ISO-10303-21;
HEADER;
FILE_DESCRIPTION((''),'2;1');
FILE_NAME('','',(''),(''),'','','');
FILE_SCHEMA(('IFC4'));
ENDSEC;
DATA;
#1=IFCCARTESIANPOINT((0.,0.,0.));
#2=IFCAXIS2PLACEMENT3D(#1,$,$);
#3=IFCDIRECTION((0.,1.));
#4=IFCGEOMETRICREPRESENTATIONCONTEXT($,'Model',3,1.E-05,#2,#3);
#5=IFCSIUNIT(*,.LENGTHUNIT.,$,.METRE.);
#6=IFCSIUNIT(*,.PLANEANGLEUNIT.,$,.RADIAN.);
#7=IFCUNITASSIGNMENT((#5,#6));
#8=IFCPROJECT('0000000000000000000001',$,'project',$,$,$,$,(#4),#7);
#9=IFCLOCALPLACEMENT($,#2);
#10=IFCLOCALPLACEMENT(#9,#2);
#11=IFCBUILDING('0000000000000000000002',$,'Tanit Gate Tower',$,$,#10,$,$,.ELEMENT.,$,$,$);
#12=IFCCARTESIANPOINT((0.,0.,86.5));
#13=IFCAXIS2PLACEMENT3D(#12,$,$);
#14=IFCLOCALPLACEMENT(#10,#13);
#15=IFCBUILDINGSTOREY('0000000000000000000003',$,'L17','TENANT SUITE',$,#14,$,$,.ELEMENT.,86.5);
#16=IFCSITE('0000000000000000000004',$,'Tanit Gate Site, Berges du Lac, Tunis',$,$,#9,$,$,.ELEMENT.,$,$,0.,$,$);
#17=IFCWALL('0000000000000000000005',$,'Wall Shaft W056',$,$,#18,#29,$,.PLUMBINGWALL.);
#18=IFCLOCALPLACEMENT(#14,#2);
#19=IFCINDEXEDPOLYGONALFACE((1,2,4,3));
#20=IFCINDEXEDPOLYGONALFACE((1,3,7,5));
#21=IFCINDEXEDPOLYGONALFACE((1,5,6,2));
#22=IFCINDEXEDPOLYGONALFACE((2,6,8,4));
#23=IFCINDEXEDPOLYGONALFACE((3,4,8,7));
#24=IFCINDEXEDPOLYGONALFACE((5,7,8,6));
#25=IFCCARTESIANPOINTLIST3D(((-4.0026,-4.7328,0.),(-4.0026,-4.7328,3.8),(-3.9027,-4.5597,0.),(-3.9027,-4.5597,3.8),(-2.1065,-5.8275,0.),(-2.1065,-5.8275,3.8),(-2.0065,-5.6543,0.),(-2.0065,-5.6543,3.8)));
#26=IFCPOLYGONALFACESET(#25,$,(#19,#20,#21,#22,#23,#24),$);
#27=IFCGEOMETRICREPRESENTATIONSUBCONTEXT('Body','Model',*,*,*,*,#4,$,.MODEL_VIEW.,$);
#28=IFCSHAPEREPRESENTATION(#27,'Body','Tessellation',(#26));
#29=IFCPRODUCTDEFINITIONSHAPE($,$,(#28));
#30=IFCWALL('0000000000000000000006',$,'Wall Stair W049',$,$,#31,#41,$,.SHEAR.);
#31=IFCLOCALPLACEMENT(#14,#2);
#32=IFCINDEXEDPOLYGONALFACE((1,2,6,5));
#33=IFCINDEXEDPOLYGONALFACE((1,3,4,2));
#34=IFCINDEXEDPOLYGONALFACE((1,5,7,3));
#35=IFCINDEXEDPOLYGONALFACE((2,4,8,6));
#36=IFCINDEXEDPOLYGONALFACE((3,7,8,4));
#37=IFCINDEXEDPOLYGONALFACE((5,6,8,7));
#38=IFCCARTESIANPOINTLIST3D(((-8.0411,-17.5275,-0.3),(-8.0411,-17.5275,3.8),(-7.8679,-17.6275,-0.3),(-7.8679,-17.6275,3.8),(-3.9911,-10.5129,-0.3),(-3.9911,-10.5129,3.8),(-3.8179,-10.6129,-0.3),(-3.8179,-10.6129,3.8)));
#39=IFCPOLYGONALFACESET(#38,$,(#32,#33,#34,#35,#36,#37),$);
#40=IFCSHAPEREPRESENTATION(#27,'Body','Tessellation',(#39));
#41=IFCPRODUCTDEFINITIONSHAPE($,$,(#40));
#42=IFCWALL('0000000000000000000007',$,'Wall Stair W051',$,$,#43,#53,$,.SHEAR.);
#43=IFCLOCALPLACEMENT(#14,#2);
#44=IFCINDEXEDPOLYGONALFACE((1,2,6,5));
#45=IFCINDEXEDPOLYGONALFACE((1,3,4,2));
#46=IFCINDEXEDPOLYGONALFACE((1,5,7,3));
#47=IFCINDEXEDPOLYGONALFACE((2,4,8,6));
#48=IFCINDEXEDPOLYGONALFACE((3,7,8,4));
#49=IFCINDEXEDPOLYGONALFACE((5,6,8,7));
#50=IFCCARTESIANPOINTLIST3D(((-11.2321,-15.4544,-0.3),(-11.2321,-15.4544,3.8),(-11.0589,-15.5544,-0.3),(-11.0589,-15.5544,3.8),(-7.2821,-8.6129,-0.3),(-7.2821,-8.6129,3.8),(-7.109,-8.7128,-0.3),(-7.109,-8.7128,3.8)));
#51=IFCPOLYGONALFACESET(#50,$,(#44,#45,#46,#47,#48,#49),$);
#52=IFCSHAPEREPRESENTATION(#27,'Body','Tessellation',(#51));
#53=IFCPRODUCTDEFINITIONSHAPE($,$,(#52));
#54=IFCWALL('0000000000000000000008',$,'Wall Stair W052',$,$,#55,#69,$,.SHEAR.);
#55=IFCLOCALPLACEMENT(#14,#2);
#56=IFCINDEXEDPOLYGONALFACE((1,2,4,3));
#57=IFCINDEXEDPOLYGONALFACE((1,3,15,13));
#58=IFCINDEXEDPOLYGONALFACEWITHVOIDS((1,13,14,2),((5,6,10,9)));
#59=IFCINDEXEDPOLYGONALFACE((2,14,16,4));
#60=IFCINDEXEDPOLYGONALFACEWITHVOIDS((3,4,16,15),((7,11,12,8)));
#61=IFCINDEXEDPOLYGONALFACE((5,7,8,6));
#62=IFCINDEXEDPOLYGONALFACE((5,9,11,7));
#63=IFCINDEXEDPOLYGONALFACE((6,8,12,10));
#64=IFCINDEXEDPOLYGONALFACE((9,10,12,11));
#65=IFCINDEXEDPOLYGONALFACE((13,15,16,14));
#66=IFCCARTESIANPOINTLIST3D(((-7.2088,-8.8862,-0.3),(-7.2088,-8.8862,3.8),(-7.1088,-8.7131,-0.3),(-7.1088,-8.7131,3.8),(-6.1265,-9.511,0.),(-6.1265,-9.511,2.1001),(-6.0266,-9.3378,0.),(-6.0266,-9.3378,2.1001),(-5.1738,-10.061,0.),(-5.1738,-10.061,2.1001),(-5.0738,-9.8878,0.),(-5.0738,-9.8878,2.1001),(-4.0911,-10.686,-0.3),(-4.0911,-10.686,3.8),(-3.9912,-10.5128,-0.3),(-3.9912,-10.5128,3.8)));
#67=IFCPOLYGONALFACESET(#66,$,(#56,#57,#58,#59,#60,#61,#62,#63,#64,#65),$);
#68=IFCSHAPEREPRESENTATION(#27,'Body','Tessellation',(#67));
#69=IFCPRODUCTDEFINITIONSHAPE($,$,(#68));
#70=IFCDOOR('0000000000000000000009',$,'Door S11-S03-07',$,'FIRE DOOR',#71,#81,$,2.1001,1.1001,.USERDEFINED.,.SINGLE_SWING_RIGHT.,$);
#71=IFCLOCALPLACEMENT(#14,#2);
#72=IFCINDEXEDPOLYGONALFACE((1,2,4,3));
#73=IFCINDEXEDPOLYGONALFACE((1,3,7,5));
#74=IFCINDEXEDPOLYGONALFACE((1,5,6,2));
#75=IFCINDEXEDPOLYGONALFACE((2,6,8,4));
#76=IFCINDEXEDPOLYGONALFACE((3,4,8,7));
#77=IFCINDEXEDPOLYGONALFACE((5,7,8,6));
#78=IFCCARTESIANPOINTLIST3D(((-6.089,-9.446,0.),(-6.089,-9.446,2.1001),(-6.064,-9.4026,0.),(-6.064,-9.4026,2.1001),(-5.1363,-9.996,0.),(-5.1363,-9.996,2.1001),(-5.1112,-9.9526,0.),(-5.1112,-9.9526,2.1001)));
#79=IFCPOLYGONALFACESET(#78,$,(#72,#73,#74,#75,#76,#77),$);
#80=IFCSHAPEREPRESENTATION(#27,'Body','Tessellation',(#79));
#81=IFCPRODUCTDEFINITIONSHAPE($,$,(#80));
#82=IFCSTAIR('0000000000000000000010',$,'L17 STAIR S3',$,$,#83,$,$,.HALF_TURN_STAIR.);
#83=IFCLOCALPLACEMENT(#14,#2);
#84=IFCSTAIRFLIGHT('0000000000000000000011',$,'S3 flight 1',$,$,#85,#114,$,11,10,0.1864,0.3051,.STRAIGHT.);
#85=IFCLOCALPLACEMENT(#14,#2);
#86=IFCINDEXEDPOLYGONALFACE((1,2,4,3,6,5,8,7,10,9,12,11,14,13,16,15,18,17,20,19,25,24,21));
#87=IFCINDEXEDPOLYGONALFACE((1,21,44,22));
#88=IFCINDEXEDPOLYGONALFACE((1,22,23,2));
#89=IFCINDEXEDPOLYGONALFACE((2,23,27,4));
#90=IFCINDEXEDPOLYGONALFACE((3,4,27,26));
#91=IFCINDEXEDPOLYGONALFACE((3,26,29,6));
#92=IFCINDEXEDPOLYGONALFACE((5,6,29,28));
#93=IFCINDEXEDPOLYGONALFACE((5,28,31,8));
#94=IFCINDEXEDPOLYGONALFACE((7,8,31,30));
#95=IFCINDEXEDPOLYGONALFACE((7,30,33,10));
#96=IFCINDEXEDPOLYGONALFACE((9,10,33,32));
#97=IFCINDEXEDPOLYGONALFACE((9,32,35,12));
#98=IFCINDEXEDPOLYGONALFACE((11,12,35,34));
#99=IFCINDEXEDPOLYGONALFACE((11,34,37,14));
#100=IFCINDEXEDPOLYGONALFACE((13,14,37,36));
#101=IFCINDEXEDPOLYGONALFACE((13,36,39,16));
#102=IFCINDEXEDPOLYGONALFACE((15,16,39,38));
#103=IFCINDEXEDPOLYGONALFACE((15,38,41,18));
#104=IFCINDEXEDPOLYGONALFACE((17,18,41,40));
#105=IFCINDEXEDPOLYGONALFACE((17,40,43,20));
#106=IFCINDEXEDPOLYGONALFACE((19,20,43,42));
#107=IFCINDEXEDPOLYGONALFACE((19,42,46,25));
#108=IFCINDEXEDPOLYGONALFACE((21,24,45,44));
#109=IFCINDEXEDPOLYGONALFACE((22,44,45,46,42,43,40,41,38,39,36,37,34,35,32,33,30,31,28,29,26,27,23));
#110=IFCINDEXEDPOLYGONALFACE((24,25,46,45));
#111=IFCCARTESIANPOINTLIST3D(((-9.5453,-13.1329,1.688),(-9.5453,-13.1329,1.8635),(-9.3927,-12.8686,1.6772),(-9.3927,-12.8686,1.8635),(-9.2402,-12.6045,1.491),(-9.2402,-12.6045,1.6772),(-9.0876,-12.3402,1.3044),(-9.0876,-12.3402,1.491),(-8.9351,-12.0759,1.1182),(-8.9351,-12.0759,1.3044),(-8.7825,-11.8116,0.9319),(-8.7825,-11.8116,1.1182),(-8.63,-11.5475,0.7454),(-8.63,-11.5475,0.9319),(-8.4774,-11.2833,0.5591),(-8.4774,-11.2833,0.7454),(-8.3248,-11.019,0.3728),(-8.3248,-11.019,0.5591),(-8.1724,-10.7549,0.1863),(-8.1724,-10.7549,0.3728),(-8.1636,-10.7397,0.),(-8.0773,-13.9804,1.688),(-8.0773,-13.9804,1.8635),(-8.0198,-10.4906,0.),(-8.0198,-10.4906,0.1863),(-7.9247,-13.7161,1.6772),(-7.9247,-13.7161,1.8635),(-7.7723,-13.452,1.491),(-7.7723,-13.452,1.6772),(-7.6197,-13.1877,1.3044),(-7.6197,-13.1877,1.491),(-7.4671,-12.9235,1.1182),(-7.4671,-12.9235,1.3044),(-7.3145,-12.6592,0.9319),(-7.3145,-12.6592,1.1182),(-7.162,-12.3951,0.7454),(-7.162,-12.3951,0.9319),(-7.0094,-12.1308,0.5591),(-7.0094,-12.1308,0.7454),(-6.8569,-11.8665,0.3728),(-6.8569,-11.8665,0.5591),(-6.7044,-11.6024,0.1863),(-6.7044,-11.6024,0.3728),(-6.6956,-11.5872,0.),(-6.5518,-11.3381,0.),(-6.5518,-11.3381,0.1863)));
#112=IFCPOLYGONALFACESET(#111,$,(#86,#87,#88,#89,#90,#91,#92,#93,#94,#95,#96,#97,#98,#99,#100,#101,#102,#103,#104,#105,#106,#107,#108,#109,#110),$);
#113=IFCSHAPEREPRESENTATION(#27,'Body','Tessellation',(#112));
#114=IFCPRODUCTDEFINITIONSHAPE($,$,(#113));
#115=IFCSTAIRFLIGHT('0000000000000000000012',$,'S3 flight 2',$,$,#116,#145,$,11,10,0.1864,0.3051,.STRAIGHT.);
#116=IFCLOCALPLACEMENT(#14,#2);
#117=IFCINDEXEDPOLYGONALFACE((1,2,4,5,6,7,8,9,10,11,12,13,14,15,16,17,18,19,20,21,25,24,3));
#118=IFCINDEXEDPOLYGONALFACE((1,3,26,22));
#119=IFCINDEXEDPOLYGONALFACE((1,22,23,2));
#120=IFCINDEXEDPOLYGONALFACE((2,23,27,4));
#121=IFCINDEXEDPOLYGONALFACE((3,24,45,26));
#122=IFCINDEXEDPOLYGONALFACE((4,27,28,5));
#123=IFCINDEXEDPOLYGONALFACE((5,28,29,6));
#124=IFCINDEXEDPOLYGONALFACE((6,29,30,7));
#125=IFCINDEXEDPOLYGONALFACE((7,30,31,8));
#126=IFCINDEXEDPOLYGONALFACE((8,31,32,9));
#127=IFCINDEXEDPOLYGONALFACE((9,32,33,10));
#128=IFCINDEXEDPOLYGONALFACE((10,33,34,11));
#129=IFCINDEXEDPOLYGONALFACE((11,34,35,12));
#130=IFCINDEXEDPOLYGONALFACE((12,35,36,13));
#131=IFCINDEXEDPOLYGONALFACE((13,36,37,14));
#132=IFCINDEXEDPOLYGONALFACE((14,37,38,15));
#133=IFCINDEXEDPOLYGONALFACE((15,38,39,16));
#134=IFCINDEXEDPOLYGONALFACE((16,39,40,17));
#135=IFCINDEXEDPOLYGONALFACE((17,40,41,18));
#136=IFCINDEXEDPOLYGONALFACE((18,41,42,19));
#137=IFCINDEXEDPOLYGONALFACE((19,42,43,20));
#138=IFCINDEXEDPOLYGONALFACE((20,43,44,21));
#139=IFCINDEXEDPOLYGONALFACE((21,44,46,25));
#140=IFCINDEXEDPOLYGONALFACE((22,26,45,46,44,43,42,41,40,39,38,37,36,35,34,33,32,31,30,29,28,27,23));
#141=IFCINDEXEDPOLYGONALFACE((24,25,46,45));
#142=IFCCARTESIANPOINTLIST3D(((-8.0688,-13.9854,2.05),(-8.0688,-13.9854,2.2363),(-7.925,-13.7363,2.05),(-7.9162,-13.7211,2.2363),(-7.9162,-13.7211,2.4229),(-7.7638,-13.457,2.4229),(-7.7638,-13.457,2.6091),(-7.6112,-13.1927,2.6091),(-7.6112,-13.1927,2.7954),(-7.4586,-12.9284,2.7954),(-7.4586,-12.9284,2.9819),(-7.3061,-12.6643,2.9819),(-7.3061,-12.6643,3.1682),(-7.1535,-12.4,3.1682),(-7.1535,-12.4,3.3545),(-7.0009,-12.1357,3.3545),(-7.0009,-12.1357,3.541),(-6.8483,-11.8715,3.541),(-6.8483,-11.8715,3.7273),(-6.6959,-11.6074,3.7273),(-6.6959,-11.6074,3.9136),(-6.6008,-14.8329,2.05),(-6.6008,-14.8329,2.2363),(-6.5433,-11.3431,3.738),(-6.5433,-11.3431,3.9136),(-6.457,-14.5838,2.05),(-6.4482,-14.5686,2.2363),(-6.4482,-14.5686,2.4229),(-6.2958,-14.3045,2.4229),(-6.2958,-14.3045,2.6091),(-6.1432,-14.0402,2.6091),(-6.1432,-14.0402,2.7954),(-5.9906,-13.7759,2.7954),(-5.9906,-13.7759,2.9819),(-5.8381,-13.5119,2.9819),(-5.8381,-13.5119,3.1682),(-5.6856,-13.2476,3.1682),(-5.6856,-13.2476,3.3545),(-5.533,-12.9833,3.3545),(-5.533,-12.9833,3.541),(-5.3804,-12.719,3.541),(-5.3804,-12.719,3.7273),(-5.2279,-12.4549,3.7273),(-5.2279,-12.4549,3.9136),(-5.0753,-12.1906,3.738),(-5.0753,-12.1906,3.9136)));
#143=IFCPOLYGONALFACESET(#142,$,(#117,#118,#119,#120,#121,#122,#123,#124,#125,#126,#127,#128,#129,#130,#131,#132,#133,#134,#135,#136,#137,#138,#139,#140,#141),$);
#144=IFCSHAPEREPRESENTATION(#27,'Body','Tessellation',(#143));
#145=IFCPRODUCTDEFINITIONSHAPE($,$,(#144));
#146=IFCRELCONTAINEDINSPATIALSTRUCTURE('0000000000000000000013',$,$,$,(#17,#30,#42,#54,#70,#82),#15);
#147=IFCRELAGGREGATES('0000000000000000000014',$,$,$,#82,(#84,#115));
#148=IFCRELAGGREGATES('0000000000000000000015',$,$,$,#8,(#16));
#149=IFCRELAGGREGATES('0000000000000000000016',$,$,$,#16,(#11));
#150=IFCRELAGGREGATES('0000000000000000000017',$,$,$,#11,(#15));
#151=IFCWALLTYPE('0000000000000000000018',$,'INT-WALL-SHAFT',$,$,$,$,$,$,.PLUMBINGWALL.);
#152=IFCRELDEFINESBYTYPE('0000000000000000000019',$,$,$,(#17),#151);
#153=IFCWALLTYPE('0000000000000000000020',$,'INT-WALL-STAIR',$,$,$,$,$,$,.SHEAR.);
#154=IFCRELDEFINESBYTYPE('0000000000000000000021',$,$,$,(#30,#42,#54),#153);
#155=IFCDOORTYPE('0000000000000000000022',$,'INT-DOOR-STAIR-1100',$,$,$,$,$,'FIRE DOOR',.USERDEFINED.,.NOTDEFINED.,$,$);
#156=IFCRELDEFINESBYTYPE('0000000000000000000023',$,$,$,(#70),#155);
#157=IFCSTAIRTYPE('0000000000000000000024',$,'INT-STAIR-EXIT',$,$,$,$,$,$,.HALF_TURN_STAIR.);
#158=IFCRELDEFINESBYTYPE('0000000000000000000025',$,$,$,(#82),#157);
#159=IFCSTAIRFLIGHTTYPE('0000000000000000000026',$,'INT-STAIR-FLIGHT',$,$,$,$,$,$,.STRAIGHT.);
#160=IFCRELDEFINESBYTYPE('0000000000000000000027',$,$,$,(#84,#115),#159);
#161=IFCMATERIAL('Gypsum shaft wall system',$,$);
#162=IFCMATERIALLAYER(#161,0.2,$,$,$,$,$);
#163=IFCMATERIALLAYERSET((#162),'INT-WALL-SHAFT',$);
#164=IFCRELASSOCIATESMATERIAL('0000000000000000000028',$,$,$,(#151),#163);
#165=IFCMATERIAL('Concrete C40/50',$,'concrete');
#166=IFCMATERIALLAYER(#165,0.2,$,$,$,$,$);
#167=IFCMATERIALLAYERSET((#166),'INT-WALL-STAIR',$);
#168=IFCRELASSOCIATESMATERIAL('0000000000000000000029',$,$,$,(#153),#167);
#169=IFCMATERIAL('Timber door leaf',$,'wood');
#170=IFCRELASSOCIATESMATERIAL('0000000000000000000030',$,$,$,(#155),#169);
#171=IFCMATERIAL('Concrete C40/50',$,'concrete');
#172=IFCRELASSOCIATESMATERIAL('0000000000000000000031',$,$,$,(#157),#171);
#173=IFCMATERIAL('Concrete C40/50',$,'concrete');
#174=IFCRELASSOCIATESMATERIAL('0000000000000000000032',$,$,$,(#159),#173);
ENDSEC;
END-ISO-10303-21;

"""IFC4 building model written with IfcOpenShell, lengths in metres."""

from ifc_helpers import new_model, si_unit, direction, frame, frame_2d, origin, place, context, subcontext, project, spatial, polyline, rectangle, outline, extrude, material, layer, layer_set, type_object, element, fill, aggregate, save


model = new_model("IFC4")

# Units and contexts
model_context = context("Model", 3, precision=1e-05, world=origin(), true_north=direction((0.0, 1.0)))
body_context = subcontext(model_context, "Body", "Model", "MODEL_VIEW")
ifc_project = project(units=[si_unit("LENGTHUNIT", "METRE"), si_unit("PLANEANGLEUNIT", "RADIAN")], contexts=[model_context])

# Site, building, storey
site_placement = place(None, origin())
site = spatial("IfcSite", under=ifc_project, at=site_placement, Name="Tanit Gate Site, Berges du Lac, Tunis", CompositionType="ELEMENT", RefElevation=0.0)
building_placement = place(site_placement, origin())
building = spatial("IfcBuilding", under=site, at=building_placement, Name="Tanit Gate Tower", CompositionType="ELEMENT")
storey_placement = place(building_placement, frame((0.0, 0.0, 86.5)))
storey = spatial("IfcBuildingStorey", under=building, at=storey_placement, Name="L17", Description="TENANT SUITE", CompositionType="ELEMENT", Elevation=86.5)

# Shared definitions
ifc_material_1 = material(Name="Gypsum shaft wall system")
ifc_layer_1 = layer(ifc_material_1, 0.2)
ifc_layer_set_1 = layer_set([ifc_layer_1], Name="INT-WALL-SHAFT")
wall_type_1 = type_object("IfcWallType", Name="INT-WALL-SHAFT", PredefinedType="PLUMBINGWALL", material=ifc_layer_set_1)

# Walls
wall_1_placement = place(storey_placement, frame((-3.9526, -4.6462, 0.0), z_axis=(0.0, 0.0, 1.0), x_axis=(0.866039, -0.499977, 0.0)))
element("IfcWall", 1, at=wall_1_placement, inside=storey, type_object=wall_type_1, Name="Wall Shaft W056", PredefinedType="PLUMBINGWALL", context=body_context, shape_type="SweptSolid", body=[
    extrude(rectangle(XDim=2.1895, YDim=0.2, at=frame_2d((1.0947, 0.0))), origin(), (0.0, 0.0, 1.0), 3.8),
])
ifc_material_2 = material(Name="Concrete C40/50", Category="concrete")
ifc_layer_2 = layer(ifc_material_2, 0.2)
ifc_layer_set_2 = layer_set([ifc_layer_2], Name="INT-WALL-STAIR")
wall_type_2 = type_object("IfcWallType", Name="INT-WALL-STAIR", PredefinedType="SHEAR", material=ifc_layer_set_2)
wall_2_placement = place(storey_placement, frame((-3.9045, -10.563, -0.3), z_axis=(0.0, 0.0, 1.0), x_axis=(-0.500013, -0.866018, 0.0)))
element("IfcWall", 2, at=wall_2_placement, inside=storey, type_object=wall_type_2, Name="Wall Stair W049", PredefinedType="SHEAR", context=body_context, shape_type="SweptSolid", body=[
    extrude(rectangle(XDim=8.0999, YDim=0.2, at=frame_2d((4.0498, 0.0))), origin(), (0.0, 0.0, 1.0), 4.1001),
])
wall_3_placement = place(storey_placement, frame((-7.1956, -8.6628, -0.3), z_axis=(0.0, 0.0, 1.0), x_axis=(-0.499998, -0.866027, 0.0)))
element("IfcWall", 3, at=wall_3_placement, inside=storey, type_object=wall_type_2, Name="Wall Stair W051", PredefinedType="SHEAR", context=body_context, shape_type="SweptSolid", body=[
    extrude(rectangle(XDim=7.8999, YDim=0.2, at=frame_2d((3.95, 0.0))), origin(), (0.0, 0.0, 1.0), 4.1001),
])

# Wall, opening, door
wall_4_placement = place(storey_placement, frame((-4.0413, -10.5994, -0.3), z_axis=(0.0, 0.0, 1.0), x_axis=(-0.866048, 0.499961, 0.0)))
wall_4 = element("IfcWall", 4, at=wall_4_placement, inside=storey, type_object=wall_type_2, Name="Wall Stair W052", PredefinedType="SHEAR", context=body_context, shape_type="SweptSolid", body=[
    extrude(rectangle(XDim=3.5999, YDim=0.2, at=frame_2d((1.7998, 0.0))), origin(), (0.0, 0.0, 1.0), 4.1001),
])
opening_1_placement = place(wall_4_placement, frame((1.25, 0.0, 0.3)))
opening_1 = element("IfcOpeningElement", 5, at=opening_1_placement, cuts=wall_4, PredefinedType="OPENING", context=body_context, shape_type="SweptSolid", body=[
    extrude(rectangle(XDim=1.1001, YDim=2.1001, at=frame_2d((0.55, 1.05))), frame((0.0, 0.1099, 0.0), z_axis=(0.0, -1.0, 0.0), x_axis=(1.0, 0.0, 0.0)), (0.0, 0.0, 1.0), 0.22),
])
ifc_material_3 = material(Name="Timber door leaf", Category="wood")
door_type_1 = type_object("IfcDoorType", Name="INT-DOOR-STAIR-1100", ElementType="FIRE DOOR", OperationType="NOTDEFINED", PredefinedType="USERDEFINED", material=ifc_material_3)
door_1_placement = place(opening_1_placement, origin())
door_1 = element("IfcDoor", 6, at=door_1_placement, inside=storey, type_object=door_type_1, Name="Door S11-S03-07", ObjectType="FIRE DOOR", OperationType="SINGLE_SWING_RIGHT", OverallHeight=2.1001, OverallWidth=1.1001, PredefinedType="USERDEFINED", context=body_context, shape_type="SweptSolid", body=[
    extrude(rectangle(XDim=1.1001, YDim=2.1001, at=frame_2d((0.55, 1.05))), frame((0.0, 0.0249, 0.0), z_axis=(0.0, -1.0, 0.0), x_axis=(1.0, 0.0, 0.0)), (0.0, 0.0, 1.0), 0.05),
])
fill(opening_1, door_1)

# Stair, stair flights
ifc_material_4 = material(Name="Concrete C40/50", Category="concrete")
stair_type = type_object("IfcStairType", Name="INT-STAIR-EXIT", PredefinedType="HALF_TURN_STAIR", material=ifc_material_4)
stair_placement = place(storey_placement, origin())
stair = element("IfcStair", 7, at=stair_placement, inside=storey, type_object=stair_type, Name="L17 STAIR S3", PredefinedType="HALF_TURN_STAIR")
ifc_material_5 = material(Name="Concrete C40/50", Category="concrete")
stair_flight_type = type_object("IfcStairFlightType", Name="INT-STAIR-FLIGHT", PredefinedType="STRAIGHT", material=ifc_material_5)
stair_flight_1_placement = place(storey_placement, frame((-7.2859, -10.9143, 0.0), z_axis=(0.0, 0.0, 1.0), x_axis=(-0.5, -0.866025, 0.0)))
stair_flight_1 = element("IfcStairFlight", 8, at=stair_flight_1_placement, type_object=stair_flight_type, Name="S3 flight 1", NumberOfRisers=11, NumberOfTreads=10, PredefinedType="STRAIGHT", RiserHeight=0.1864, TreadLength=0.3051, context=body_context, shape_type="SweptSolid", body=[
    extrude(outline(polyline([(0.0, 0.0), (0.0, 0.1863), (0.3052, 0.1863), (0.3052, 0.3728), (0.6101, 0.3728), (0.6101, 0.5591), (0.9153, 0.5591), (0.9153, 0.7454), (1.2205, 0.7454), (1.2205, 0.9319), (1.5254, 0.9319), (1.5254, 1.1182), (1.8306, 1.1182), (1.8306, 1.3044), (2.1357, 1.3044), (2.1357, 1.491), (2.4409, 1.491), (2.4409, 1.6772), (2.7458, 1.6772), (2.7458, 1.8635), (3.051, 1.8635), (3.051, 2.05), (3.051, 1.688), (0.2876, 0.0), (0.0, 0.0)])), frame((0.0, 0.8477, 0.0), z_axis=(0.0, -1.0, 0.0), x_axis=(1.0, 0.0, 0.0)), (0.0, 0.0, 1.0), 1.6951),
])
stair_flight_2_placement = place(storey_placement, frame((-7.3347, -14.4092, 2.05), z_axis=(0.0, 0.0, 1.0), x_axis=(0.5, 0.866025, 0.0)))
stair_flight_2 = element("IfcStairFlight", 9, at=stair_flight_2_placement, type_object=stair_flight_type, Name="S3 flight 2", NumberOfRisers=11, NumberOfTreads=10, PredefinedType="STRAIGHT", RiserHeight=0.1864, TreadLength=0.3051, context=body_context, shape_type="SweptSolid", body=[
    extrude(outline(polyline([(0.0, 0.0), (0.0, 0.1863), (0.3052, 0.1863), (0.3052, 0.3728), (0.6101, 0.3728), (0.6101, 0.5591), (0.9153, 0.5591), (0.9153, 0.7454), (1.2205, 0.7454), (1.2205, 0.9319), (1.5254, 0.9319), (1.5254, 1.1182), (1.8306, 1.1182), (1.8306, 1.3044), (2.1357, 1.3044), (2.1357, 1.491), (2.4409, 1.491), (2.4409, 1.6772), (2.7458, 1.6772), (2.7458, 1.8635), (3.051, 1.8635), (3.051, 2.05), (3.051, 1.688), (0.2876, 0.0), (0.0, 0.0)])), frame((0.0, 0.8477, 0.0), z_axis=(0.0, -1.0, 0.0), x_axis=(1.0, 0.0, 0.0)), (0.0, 0.0, 1.0), 1.6951),
])
aggregate(stair, [stair_flight_1, stair_flight_2])

save(model, "model.ifc")
